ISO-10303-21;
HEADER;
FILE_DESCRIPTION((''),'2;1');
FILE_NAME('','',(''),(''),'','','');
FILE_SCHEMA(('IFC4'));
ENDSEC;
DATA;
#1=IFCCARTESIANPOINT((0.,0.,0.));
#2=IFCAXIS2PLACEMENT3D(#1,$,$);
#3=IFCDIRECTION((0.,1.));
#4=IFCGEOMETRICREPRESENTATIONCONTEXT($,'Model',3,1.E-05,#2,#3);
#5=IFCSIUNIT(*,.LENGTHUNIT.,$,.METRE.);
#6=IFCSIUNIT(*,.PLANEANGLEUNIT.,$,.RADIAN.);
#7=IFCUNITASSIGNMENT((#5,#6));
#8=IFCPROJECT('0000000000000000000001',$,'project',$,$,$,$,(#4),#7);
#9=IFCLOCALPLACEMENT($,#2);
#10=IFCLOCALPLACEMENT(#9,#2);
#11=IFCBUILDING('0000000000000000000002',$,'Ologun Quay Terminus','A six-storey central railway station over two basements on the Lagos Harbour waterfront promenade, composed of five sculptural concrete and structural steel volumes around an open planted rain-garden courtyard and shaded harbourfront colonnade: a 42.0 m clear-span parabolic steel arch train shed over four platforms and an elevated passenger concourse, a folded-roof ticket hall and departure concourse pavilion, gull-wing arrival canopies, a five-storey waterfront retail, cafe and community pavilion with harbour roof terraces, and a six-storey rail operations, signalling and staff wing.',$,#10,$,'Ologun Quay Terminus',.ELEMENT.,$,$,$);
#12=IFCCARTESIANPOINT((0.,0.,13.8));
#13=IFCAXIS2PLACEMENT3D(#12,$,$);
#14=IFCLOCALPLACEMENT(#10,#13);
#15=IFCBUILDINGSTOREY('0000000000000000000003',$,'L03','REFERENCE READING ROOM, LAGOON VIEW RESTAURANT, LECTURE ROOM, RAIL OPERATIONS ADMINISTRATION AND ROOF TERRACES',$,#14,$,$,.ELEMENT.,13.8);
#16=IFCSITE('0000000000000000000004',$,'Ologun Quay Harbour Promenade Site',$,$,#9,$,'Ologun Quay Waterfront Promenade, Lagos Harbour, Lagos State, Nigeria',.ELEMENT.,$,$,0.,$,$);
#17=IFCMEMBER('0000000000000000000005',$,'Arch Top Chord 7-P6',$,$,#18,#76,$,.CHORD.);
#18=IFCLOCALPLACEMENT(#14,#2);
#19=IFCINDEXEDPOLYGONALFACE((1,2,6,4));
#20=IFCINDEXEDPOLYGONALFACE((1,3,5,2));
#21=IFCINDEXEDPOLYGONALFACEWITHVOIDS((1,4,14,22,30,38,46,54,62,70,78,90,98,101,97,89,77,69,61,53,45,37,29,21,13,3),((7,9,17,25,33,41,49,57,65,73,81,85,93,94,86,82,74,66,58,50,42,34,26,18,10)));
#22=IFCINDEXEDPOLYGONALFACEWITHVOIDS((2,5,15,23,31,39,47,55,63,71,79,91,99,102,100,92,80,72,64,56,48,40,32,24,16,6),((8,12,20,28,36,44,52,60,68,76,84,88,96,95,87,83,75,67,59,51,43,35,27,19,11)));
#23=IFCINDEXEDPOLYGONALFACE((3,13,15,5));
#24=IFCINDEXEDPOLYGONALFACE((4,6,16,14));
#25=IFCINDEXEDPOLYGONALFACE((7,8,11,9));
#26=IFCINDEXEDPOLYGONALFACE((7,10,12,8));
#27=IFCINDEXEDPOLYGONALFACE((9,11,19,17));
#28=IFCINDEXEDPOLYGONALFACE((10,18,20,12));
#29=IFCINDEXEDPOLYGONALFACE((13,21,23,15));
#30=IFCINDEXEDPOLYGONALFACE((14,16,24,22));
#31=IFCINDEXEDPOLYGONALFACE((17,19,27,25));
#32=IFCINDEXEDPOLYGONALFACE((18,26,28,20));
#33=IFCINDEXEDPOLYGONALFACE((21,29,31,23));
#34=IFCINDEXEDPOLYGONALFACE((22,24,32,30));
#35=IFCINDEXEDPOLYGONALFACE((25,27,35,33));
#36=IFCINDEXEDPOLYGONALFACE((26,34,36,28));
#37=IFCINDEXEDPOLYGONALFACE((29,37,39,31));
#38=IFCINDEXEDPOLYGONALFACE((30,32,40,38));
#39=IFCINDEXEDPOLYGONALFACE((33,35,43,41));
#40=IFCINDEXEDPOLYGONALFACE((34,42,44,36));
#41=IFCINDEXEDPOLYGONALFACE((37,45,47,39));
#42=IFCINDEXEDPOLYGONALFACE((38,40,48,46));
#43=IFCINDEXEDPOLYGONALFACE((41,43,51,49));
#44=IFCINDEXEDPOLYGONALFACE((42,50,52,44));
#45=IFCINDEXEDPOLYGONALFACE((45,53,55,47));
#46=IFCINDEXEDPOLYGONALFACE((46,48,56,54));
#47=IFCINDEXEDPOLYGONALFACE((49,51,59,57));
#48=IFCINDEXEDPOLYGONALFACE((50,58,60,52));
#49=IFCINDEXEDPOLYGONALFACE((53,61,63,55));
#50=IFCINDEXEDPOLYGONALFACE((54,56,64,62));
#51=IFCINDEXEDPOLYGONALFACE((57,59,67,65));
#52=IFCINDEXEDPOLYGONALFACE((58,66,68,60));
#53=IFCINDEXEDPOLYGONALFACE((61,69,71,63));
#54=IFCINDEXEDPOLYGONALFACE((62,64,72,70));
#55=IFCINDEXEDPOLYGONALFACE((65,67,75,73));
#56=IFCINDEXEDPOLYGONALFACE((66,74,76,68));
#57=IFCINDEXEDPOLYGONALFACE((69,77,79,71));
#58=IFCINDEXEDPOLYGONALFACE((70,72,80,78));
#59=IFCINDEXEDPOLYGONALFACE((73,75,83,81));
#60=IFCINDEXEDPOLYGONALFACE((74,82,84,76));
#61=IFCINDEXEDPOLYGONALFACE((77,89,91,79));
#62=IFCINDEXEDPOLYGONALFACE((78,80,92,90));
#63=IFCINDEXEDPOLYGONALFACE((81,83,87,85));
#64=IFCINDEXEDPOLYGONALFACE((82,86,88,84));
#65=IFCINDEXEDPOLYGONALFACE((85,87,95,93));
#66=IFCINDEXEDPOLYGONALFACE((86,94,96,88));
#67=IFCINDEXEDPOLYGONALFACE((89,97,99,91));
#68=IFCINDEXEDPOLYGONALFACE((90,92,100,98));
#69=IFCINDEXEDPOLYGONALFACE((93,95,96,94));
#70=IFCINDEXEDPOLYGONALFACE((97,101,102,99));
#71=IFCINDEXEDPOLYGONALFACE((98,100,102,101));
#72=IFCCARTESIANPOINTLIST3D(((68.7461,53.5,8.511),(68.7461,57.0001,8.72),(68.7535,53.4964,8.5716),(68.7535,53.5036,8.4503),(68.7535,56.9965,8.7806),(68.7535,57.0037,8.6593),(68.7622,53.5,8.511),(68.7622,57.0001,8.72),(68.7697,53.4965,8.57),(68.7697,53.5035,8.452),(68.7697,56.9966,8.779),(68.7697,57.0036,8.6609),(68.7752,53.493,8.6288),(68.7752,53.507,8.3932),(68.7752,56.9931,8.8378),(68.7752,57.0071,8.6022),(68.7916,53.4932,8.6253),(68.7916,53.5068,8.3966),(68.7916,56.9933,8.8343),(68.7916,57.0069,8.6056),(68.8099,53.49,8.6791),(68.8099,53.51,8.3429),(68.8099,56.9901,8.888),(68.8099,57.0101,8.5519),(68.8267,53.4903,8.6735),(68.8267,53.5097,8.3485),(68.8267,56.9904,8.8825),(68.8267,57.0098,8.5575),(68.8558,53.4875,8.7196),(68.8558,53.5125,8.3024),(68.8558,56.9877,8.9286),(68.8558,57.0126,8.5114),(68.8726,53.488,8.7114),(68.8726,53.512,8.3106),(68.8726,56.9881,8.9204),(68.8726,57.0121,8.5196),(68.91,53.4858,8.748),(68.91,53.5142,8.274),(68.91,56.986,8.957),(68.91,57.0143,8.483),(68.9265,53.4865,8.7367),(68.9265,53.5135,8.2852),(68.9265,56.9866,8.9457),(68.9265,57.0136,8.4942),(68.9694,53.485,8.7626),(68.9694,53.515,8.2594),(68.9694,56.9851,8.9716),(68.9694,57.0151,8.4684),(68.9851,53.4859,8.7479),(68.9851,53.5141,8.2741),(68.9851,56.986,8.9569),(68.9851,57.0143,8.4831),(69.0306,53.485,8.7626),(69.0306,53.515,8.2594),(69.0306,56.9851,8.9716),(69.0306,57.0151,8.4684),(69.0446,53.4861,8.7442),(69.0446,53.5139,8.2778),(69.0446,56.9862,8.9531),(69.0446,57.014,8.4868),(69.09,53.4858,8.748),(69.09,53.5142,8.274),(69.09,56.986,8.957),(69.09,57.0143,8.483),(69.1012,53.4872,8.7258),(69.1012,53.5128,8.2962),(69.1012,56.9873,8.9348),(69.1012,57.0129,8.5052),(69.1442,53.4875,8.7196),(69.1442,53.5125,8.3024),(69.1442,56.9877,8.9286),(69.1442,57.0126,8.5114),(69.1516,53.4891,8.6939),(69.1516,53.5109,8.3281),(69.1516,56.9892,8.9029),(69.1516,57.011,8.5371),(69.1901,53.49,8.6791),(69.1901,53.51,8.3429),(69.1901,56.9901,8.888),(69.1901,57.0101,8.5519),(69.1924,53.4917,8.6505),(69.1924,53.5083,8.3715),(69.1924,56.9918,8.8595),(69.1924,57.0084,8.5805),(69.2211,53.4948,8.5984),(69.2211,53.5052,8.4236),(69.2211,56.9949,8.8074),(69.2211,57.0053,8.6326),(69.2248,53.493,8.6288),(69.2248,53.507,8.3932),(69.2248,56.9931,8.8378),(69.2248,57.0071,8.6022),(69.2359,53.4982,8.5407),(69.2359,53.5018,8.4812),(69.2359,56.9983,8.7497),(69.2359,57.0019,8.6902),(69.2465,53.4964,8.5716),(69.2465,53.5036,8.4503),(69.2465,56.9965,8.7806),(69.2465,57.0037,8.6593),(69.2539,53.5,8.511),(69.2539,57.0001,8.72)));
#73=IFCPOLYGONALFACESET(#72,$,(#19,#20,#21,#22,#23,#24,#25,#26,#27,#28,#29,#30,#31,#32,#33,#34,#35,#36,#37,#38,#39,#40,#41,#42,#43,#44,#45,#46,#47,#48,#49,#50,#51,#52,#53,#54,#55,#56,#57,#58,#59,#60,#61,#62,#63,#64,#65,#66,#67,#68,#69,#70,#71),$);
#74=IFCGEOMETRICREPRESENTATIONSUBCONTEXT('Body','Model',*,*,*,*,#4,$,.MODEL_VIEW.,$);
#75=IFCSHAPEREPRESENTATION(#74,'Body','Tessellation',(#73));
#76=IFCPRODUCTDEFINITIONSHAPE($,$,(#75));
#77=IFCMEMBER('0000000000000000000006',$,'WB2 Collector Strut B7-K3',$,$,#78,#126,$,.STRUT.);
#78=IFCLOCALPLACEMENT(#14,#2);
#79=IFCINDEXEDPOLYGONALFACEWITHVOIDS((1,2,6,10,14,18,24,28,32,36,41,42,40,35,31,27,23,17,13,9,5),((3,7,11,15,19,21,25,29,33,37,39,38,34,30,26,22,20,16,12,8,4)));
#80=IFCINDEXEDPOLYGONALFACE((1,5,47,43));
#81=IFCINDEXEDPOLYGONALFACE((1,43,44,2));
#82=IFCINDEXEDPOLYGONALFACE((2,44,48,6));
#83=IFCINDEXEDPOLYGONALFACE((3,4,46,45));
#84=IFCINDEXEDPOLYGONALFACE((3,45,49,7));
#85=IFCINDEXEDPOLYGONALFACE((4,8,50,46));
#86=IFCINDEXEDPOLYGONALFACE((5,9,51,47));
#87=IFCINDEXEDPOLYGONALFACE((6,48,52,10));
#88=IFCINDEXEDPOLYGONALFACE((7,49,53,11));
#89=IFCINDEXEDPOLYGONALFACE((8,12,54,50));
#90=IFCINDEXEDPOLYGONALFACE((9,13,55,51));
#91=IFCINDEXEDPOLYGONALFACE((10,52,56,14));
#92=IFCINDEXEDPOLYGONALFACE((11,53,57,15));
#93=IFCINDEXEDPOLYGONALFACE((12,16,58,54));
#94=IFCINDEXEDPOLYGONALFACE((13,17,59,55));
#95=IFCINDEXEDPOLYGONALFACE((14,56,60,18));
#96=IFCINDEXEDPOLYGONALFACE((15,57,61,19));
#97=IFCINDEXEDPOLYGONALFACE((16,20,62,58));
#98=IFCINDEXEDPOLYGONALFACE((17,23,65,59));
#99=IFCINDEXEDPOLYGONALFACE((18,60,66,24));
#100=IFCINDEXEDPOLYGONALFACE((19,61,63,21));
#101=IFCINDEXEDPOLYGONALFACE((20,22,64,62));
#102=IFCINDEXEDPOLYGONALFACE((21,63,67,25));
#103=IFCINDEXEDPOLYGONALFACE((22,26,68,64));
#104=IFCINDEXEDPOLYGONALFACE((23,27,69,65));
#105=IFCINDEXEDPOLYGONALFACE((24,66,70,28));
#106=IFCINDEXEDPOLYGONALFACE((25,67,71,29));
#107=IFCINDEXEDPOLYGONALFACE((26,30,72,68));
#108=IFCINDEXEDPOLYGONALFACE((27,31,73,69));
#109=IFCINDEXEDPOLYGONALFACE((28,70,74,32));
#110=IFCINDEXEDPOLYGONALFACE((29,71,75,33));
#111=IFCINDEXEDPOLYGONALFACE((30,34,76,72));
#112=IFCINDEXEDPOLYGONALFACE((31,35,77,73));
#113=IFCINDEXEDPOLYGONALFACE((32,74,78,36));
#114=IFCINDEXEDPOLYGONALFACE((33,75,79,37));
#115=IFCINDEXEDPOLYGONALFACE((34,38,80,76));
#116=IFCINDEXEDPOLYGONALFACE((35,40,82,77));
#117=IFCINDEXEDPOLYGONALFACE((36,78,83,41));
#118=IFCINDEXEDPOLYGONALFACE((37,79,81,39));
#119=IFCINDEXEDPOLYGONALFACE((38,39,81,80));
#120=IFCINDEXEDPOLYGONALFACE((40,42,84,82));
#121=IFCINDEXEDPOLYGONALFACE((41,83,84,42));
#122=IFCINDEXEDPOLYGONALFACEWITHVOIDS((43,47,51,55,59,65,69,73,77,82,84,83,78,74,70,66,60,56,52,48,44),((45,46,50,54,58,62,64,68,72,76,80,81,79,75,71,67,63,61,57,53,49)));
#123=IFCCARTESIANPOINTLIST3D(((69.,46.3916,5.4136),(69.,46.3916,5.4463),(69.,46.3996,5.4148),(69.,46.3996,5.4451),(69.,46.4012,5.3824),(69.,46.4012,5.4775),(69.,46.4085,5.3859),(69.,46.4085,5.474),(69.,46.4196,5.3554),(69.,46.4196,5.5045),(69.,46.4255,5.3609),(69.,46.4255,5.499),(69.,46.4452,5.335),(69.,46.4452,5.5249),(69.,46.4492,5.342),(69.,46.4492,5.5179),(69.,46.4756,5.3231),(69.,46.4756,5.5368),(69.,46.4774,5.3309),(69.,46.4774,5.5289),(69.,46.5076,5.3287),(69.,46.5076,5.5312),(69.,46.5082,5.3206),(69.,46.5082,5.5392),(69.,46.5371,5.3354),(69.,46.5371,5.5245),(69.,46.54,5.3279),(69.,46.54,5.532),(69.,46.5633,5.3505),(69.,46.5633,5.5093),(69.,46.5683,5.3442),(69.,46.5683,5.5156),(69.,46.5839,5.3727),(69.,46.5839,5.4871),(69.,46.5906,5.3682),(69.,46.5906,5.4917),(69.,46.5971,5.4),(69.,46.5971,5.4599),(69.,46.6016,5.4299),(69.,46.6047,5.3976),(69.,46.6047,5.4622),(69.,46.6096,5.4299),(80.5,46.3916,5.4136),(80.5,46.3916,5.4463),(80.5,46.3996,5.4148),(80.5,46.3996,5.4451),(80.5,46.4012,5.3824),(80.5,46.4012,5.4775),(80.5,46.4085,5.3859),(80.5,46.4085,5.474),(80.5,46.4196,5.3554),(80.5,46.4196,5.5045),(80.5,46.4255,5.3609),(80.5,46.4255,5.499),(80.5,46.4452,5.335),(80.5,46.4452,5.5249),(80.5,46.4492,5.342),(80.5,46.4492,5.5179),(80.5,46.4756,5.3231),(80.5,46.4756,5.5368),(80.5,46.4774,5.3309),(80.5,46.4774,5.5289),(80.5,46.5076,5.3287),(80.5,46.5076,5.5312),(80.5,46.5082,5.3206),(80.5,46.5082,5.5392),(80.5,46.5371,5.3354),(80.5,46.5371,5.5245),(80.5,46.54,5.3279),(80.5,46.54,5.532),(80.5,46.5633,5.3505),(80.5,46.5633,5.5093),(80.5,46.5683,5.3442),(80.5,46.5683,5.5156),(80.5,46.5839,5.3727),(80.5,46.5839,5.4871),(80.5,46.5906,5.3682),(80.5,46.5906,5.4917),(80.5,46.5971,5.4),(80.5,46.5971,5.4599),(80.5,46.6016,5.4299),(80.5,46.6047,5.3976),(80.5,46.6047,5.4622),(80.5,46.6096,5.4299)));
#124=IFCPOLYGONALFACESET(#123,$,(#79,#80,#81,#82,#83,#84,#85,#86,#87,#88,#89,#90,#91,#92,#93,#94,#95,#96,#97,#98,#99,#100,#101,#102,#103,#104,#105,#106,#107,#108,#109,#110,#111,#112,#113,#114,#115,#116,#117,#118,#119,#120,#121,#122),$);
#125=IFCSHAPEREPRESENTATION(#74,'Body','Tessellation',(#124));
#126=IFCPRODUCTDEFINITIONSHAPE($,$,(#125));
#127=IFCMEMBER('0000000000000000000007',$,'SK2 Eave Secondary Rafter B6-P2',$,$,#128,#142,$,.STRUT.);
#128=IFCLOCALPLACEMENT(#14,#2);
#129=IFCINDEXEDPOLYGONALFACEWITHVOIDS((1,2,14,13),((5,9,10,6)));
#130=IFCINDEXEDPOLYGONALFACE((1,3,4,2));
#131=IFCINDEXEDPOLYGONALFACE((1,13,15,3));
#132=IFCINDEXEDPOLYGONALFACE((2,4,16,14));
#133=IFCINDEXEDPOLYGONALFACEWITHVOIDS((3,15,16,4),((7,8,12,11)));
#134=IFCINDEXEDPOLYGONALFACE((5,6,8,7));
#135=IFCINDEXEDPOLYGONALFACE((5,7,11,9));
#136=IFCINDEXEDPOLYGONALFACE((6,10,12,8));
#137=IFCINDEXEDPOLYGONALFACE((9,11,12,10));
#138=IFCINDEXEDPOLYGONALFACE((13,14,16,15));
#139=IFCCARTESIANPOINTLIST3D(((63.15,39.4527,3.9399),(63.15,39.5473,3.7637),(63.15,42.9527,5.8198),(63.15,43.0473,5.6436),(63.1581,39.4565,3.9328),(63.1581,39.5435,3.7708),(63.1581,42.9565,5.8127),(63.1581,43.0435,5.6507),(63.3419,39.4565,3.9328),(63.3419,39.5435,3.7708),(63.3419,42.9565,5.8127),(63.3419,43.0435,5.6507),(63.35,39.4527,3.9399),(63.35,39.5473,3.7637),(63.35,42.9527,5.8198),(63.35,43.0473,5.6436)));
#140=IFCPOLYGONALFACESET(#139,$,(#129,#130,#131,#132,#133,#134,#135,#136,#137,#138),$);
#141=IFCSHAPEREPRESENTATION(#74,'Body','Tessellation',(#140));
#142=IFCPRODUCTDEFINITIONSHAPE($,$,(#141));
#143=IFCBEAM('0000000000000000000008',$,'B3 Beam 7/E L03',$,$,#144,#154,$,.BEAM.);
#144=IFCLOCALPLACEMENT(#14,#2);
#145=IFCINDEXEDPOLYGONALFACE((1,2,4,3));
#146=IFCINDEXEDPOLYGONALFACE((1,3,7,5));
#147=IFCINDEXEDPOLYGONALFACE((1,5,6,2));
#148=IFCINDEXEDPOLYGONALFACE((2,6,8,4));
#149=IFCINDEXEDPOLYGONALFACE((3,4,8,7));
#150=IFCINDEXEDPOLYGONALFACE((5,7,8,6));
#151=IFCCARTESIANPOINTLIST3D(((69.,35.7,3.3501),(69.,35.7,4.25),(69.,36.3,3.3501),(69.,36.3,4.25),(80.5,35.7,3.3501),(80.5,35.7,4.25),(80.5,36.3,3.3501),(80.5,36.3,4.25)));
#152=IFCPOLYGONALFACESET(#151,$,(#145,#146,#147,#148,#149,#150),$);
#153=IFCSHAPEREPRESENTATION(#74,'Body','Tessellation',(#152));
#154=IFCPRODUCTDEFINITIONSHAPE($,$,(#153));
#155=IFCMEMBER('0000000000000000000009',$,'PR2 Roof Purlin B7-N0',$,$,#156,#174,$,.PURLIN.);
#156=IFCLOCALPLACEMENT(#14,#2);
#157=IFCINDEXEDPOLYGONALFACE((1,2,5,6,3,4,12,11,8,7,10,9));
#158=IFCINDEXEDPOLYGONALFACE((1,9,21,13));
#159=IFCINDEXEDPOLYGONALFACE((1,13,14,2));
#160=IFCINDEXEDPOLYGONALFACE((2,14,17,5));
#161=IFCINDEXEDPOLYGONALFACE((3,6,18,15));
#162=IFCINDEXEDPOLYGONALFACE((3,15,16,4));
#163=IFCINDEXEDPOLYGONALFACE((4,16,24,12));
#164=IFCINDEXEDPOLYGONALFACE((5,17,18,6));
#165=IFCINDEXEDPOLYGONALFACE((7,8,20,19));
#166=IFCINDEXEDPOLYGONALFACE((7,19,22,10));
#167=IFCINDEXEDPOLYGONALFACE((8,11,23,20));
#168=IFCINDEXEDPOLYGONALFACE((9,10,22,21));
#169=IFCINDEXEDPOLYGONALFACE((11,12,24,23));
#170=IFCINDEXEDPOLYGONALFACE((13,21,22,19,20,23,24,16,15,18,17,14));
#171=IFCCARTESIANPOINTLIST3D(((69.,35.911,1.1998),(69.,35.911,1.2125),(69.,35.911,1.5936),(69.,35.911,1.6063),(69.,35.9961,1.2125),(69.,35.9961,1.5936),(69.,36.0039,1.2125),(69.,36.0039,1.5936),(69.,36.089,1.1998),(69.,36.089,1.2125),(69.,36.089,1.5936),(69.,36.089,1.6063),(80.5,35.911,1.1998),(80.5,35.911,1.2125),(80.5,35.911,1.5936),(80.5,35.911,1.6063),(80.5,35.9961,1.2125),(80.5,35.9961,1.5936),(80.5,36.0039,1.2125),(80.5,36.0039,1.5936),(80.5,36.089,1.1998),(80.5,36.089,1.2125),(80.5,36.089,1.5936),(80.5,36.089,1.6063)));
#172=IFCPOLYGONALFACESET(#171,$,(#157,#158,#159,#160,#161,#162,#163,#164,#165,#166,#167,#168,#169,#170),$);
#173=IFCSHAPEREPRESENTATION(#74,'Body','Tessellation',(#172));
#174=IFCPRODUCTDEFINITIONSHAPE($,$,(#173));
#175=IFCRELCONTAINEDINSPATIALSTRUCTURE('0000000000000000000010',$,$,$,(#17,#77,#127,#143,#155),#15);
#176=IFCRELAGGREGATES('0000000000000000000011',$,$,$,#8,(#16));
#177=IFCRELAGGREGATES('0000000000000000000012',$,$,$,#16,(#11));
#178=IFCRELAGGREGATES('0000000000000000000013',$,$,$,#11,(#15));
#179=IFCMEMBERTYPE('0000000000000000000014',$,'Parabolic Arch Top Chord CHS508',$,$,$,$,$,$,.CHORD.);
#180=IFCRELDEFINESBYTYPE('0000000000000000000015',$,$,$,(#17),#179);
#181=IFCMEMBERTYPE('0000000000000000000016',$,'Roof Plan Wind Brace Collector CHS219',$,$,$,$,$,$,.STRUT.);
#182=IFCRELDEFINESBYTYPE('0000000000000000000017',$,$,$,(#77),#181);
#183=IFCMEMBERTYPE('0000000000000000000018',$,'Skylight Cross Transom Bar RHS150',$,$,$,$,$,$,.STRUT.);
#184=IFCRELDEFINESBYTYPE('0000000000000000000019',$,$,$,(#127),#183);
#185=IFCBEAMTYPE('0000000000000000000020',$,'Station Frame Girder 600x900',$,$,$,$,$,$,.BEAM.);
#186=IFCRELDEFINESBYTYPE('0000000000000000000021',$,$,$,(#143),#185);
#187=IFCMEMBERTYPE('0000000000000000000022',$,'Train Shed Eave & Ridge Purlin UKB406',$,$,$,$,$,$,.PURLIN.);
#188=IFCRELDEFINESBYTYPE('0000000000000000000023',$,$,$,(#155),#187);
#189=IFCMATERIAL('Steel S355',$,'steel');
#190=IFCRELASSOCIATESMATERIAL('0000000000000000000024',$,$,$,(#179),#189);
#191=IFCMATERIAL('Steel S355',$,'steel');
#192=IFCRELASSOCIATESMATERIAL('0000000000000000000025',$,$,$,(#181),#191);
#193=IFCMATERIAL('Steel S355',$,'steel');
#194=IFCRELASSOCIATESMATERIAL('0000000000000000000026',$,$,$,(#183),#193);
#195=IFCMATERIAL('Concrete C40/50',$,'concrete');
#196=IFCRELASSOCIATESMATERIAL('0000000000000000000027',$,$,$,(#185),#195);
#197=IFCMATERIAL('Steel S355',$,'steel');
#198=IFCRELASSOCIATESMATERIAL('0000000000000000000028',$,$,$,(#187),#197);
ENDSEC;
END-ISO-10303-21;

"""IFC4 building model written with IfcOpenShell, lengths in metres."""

from ifc_helpers import new_model, si_unit, direction, frame, origin, origin_2d, place, context, subcontext, project, spatial, rectangle, hollow_rectangle, hollow_circle, i_section, extrude, material, material_profile, profile_set, type_object, element, save


model = new_model("IFC4")

# Units and contexts
model_context = context("Model", 3, precision=1e-05, world=origin(), true_north=direction((0.0, 1.0)))
body_context = subcontext(model_context, "Body", "Model", "MODEL_VIEW")
ifc_project = project(units=[si_unit("LENGTHUNIT", "METRE"), si_unit("PLANEANGLEUNIT", "RADIAN")], contexts=[model_context])

# Site, building, storey
site_placement = place(None, origin())
site = spatial("IfcSite", under=ifc_project, at=site_placement, Name="Ologun Quay Harbour Promenade Site", LongName="Ologun Quay Waterfront Promenade, Lagos Harbour, Lagos State, Nigeria", CompositionType="ELEMENT", RefElevation=0.0)
building_placement = place(site_placement, origin())
building = spatial("IfcBuilding", under=site, at=building_placement, Name="Ologun Quay Terminus", Description="A six-storey central railway station over two basements on the Lagos Harbour waterfront promenade, composed of five sculptural concrete and structural steel volumes around an open planted rain-garden courtyard and shaded harbourfront colonnade: a 42.0 m clear-span parabolic steel arch train shed over four platforms and an elevated passenger concourse, a folded-roof ticket hall and departure concourse pavilion, gull-wing arrival canopies, a five-storey waterfront retail, cafe and community pavilion with harbour roof terraces, and a six-storey rail operations, signalling and staff wing.", LongName="Ologun Quay Terminus", CompositionType="ELEMENT")
storey_placement = place(building_placement, frame((0.0, 0.0, 13.8)))
storey = spatial("IfcBuildingStorey", under=building, at=storey_placement, Name="L03", Description="REFERENCE READING ROOM, LAGOON VIEW RESTAURANT, LECTURE ROOM, RAIL OPERATIONS ADMINISTRATION AND ROOF TERRACES", CompositionType="ELEMENT", Elevation=13.8)

# Members
ifc_material_1 = material(Name="Steel S355", Category="steel")
ifc_material_profile_1 = material_profile(ifc_material_1, hollow_circle(Radius=0.2539, WallThickness=0.0161, at=origin_2d()), Name="CHS 508x16")
ifc_profile_set_1 = profile_set([ifc_material_profile_1], Name="Steel S355")
member_type_1 = type_object("IfcMemberType", Name="Parabolic Arch Top Chord CHS508", PredefinedType="CHORD", material=ifc_profile_set_1)
member_1_placement = place(storey_placement, frame((69.0, 53.5, 8.511), z_axis=(0.0, 0.998222, 0.059604), x_axis=(-1.0, 0.0, 0.0)))
element("IfcMember", 1, at=member_1_placement, inside=storey, type_object=member_type_1, Name="Arch Top Chord 7-P6", PredefinedType="CHORD", context=body_context, shape_type="SweptSolid", body=[
    extrude(hollow_circle(Radius=0.2539, WallThickness=0.0161, at=origin_2d()), origin(), (0.0, 0.0, 1.0), 3.5063),
])
ifc_material_2 = material(Name="Steel S355", Category="steel")
ifc_material_profile_2 = material_profile(ifc_material_2, hollow_circle(Radius=0.1096, WallThickness=0.0081, at=origin_2d()), Name="CHS 219.1x8")
ifc_profile_set_2 = profile_set([ifc_material_profile_2], Name="Steel S355")
member_type_2 = type_object("IfcMemberType", Name="Roof Plan Wind Brace Collector CHS219", PredefinedType="STRUT", material=ifc_profile_set_2)
member_2_placement = place(storey_placement, frame((69.0, 46.5, 5.4299), z_axis=(1.0, 0.0, 0.0), x_axis=(0.0, 1.0, 0.0)))
element("IfcMember", 2, at=member_2_placement, inside=storey, type_object=member_type_2, Name="WB2 Collector Strut B7-K3", PredefinedType="STRUT", context=body_context, shape_type="SweptSolid", body=[
    extrude(hollow_circle(Radius=0.1096, WallThickness=0.0081, at=origin_2d()), origin(), (0.0, 0.0, 1.0), 11.5),
])
ifc_material_3 = material(Name="Steel S355", Category="steel")
ifc_material_profile_3 = material_profile(ifc_material_3, hollow_rectangle(XDim=0.2, YDim=0.2, WallThickness=0.0081, at=origin_2d()), Name="SHS 200x200x8")
ifc_profile_set_3 = profile_set([ifc_material_profile_3], Name="Steel S355")
member_type_3 = type_object("IfcMemberType", Name="Skylight Cross Transom Bar RHS150", PredefinedType="STRUT", material=ifc_profile_set_3)
member_3_placement = place(storey_placement, frame((63.25, 39.5, 3.8518), z_axis=(0.0, 0.880968, 0.473176), x_axis=(-1.0, 0.0, 0.0)))
element("IfcMember", 3, at=member_3_placement, inside=storey, type_object=member_type_3, Name="SK2 Eave Secondary Rafter B6-P2", PredefinedType="STRUT", context=body_context, shape_type="SweptSolid", body=[
    extrude(hollow_rectangle(XDim=0.2, YDim=0.2, WallThickness=0.0081, at=origin_2d()), origin(), (0.0, 0.0, 1.0), 3.9729),
])

# Beam
ifc_material_4 = material(Name="Concrete C40/50", Category="concrete")
ifc_material_profile_4 = material_profile(ifc_material_4, rectangle(XDim=0.6001, YDim=0.8999, at=origin_2d()), Name="RC 600x900")
ifc_profile_set_4 = profile_set([ifc_material_profile_4], Name="Concrete C40/50")
beam_type = type_object("IfcBeamType", Name="Station Frame Girder 600x900", PredefinedType="BEAM", material=ifc_profile_set_4)
beam_placement = place(storey_placement, frame((69.0, 36.0, 3.8), z_axis=(1.0, 0.0, 0.0), x_axis=(0.0, 1.0, 0.0)))
element("IfcBeam", 4, at=beam_placement, inside=storey, type_object=beam_type, Name="B3 Beam 7/E L03", PredefinedType="BEAM", context=body_context, shape_type="SweptSolid", body=[
    extrude(rectangle(XDim=0.6001, YDim=0.8999, at=origin_2d()), origin(), (0.0, 0.0, 1.0), 11.5),
])

# Member
ifc_material_5 = material(Name="Steel S355", Category="steel")
ifc_material_profile_5 = material_profile(ifc_material_5, i_section(OverallWidth=0.178, OverallDepth=0.4065, WebThickness=0.0078, FlangeThickness=0.0127, at=origin_2d()), Name="UKB 406x178x60")
ifc_profile_set_5 = profile_set([ifc_material_profile_5], Name="Steel S355")
member_type_4 = type_object("IfcMemberType", Name="Train Shed Eave & Ridge Purlin UKB406", PredefinedType="PURLIN", material=ifc_profile_set_5)
member_4_placement = place(storey_placement, frame((69.0, 36.0, 1.4031), z_axis=(1.0, 0.0, 0.0), x_axis=(0.0, 1.0, 0.0)))
element("IfcMember", 5, at=member_4_placement, inside=storey, type_object=member_type_4, Name="PR2 Roof Purlin B7-N0", PredefinedType="PURLIN", context=body_context, shape_type="SweptSolid", body=[
    extrude(i_section(OverallWidth=0.178, OverallDepth=0.4065, WebThickness=0.0078, FlangeThickness=0.0127, at=origin_2d()), origin(), (0.0, 0.0, 1.0), 11.5),
])

save(model, "model.ifc")
